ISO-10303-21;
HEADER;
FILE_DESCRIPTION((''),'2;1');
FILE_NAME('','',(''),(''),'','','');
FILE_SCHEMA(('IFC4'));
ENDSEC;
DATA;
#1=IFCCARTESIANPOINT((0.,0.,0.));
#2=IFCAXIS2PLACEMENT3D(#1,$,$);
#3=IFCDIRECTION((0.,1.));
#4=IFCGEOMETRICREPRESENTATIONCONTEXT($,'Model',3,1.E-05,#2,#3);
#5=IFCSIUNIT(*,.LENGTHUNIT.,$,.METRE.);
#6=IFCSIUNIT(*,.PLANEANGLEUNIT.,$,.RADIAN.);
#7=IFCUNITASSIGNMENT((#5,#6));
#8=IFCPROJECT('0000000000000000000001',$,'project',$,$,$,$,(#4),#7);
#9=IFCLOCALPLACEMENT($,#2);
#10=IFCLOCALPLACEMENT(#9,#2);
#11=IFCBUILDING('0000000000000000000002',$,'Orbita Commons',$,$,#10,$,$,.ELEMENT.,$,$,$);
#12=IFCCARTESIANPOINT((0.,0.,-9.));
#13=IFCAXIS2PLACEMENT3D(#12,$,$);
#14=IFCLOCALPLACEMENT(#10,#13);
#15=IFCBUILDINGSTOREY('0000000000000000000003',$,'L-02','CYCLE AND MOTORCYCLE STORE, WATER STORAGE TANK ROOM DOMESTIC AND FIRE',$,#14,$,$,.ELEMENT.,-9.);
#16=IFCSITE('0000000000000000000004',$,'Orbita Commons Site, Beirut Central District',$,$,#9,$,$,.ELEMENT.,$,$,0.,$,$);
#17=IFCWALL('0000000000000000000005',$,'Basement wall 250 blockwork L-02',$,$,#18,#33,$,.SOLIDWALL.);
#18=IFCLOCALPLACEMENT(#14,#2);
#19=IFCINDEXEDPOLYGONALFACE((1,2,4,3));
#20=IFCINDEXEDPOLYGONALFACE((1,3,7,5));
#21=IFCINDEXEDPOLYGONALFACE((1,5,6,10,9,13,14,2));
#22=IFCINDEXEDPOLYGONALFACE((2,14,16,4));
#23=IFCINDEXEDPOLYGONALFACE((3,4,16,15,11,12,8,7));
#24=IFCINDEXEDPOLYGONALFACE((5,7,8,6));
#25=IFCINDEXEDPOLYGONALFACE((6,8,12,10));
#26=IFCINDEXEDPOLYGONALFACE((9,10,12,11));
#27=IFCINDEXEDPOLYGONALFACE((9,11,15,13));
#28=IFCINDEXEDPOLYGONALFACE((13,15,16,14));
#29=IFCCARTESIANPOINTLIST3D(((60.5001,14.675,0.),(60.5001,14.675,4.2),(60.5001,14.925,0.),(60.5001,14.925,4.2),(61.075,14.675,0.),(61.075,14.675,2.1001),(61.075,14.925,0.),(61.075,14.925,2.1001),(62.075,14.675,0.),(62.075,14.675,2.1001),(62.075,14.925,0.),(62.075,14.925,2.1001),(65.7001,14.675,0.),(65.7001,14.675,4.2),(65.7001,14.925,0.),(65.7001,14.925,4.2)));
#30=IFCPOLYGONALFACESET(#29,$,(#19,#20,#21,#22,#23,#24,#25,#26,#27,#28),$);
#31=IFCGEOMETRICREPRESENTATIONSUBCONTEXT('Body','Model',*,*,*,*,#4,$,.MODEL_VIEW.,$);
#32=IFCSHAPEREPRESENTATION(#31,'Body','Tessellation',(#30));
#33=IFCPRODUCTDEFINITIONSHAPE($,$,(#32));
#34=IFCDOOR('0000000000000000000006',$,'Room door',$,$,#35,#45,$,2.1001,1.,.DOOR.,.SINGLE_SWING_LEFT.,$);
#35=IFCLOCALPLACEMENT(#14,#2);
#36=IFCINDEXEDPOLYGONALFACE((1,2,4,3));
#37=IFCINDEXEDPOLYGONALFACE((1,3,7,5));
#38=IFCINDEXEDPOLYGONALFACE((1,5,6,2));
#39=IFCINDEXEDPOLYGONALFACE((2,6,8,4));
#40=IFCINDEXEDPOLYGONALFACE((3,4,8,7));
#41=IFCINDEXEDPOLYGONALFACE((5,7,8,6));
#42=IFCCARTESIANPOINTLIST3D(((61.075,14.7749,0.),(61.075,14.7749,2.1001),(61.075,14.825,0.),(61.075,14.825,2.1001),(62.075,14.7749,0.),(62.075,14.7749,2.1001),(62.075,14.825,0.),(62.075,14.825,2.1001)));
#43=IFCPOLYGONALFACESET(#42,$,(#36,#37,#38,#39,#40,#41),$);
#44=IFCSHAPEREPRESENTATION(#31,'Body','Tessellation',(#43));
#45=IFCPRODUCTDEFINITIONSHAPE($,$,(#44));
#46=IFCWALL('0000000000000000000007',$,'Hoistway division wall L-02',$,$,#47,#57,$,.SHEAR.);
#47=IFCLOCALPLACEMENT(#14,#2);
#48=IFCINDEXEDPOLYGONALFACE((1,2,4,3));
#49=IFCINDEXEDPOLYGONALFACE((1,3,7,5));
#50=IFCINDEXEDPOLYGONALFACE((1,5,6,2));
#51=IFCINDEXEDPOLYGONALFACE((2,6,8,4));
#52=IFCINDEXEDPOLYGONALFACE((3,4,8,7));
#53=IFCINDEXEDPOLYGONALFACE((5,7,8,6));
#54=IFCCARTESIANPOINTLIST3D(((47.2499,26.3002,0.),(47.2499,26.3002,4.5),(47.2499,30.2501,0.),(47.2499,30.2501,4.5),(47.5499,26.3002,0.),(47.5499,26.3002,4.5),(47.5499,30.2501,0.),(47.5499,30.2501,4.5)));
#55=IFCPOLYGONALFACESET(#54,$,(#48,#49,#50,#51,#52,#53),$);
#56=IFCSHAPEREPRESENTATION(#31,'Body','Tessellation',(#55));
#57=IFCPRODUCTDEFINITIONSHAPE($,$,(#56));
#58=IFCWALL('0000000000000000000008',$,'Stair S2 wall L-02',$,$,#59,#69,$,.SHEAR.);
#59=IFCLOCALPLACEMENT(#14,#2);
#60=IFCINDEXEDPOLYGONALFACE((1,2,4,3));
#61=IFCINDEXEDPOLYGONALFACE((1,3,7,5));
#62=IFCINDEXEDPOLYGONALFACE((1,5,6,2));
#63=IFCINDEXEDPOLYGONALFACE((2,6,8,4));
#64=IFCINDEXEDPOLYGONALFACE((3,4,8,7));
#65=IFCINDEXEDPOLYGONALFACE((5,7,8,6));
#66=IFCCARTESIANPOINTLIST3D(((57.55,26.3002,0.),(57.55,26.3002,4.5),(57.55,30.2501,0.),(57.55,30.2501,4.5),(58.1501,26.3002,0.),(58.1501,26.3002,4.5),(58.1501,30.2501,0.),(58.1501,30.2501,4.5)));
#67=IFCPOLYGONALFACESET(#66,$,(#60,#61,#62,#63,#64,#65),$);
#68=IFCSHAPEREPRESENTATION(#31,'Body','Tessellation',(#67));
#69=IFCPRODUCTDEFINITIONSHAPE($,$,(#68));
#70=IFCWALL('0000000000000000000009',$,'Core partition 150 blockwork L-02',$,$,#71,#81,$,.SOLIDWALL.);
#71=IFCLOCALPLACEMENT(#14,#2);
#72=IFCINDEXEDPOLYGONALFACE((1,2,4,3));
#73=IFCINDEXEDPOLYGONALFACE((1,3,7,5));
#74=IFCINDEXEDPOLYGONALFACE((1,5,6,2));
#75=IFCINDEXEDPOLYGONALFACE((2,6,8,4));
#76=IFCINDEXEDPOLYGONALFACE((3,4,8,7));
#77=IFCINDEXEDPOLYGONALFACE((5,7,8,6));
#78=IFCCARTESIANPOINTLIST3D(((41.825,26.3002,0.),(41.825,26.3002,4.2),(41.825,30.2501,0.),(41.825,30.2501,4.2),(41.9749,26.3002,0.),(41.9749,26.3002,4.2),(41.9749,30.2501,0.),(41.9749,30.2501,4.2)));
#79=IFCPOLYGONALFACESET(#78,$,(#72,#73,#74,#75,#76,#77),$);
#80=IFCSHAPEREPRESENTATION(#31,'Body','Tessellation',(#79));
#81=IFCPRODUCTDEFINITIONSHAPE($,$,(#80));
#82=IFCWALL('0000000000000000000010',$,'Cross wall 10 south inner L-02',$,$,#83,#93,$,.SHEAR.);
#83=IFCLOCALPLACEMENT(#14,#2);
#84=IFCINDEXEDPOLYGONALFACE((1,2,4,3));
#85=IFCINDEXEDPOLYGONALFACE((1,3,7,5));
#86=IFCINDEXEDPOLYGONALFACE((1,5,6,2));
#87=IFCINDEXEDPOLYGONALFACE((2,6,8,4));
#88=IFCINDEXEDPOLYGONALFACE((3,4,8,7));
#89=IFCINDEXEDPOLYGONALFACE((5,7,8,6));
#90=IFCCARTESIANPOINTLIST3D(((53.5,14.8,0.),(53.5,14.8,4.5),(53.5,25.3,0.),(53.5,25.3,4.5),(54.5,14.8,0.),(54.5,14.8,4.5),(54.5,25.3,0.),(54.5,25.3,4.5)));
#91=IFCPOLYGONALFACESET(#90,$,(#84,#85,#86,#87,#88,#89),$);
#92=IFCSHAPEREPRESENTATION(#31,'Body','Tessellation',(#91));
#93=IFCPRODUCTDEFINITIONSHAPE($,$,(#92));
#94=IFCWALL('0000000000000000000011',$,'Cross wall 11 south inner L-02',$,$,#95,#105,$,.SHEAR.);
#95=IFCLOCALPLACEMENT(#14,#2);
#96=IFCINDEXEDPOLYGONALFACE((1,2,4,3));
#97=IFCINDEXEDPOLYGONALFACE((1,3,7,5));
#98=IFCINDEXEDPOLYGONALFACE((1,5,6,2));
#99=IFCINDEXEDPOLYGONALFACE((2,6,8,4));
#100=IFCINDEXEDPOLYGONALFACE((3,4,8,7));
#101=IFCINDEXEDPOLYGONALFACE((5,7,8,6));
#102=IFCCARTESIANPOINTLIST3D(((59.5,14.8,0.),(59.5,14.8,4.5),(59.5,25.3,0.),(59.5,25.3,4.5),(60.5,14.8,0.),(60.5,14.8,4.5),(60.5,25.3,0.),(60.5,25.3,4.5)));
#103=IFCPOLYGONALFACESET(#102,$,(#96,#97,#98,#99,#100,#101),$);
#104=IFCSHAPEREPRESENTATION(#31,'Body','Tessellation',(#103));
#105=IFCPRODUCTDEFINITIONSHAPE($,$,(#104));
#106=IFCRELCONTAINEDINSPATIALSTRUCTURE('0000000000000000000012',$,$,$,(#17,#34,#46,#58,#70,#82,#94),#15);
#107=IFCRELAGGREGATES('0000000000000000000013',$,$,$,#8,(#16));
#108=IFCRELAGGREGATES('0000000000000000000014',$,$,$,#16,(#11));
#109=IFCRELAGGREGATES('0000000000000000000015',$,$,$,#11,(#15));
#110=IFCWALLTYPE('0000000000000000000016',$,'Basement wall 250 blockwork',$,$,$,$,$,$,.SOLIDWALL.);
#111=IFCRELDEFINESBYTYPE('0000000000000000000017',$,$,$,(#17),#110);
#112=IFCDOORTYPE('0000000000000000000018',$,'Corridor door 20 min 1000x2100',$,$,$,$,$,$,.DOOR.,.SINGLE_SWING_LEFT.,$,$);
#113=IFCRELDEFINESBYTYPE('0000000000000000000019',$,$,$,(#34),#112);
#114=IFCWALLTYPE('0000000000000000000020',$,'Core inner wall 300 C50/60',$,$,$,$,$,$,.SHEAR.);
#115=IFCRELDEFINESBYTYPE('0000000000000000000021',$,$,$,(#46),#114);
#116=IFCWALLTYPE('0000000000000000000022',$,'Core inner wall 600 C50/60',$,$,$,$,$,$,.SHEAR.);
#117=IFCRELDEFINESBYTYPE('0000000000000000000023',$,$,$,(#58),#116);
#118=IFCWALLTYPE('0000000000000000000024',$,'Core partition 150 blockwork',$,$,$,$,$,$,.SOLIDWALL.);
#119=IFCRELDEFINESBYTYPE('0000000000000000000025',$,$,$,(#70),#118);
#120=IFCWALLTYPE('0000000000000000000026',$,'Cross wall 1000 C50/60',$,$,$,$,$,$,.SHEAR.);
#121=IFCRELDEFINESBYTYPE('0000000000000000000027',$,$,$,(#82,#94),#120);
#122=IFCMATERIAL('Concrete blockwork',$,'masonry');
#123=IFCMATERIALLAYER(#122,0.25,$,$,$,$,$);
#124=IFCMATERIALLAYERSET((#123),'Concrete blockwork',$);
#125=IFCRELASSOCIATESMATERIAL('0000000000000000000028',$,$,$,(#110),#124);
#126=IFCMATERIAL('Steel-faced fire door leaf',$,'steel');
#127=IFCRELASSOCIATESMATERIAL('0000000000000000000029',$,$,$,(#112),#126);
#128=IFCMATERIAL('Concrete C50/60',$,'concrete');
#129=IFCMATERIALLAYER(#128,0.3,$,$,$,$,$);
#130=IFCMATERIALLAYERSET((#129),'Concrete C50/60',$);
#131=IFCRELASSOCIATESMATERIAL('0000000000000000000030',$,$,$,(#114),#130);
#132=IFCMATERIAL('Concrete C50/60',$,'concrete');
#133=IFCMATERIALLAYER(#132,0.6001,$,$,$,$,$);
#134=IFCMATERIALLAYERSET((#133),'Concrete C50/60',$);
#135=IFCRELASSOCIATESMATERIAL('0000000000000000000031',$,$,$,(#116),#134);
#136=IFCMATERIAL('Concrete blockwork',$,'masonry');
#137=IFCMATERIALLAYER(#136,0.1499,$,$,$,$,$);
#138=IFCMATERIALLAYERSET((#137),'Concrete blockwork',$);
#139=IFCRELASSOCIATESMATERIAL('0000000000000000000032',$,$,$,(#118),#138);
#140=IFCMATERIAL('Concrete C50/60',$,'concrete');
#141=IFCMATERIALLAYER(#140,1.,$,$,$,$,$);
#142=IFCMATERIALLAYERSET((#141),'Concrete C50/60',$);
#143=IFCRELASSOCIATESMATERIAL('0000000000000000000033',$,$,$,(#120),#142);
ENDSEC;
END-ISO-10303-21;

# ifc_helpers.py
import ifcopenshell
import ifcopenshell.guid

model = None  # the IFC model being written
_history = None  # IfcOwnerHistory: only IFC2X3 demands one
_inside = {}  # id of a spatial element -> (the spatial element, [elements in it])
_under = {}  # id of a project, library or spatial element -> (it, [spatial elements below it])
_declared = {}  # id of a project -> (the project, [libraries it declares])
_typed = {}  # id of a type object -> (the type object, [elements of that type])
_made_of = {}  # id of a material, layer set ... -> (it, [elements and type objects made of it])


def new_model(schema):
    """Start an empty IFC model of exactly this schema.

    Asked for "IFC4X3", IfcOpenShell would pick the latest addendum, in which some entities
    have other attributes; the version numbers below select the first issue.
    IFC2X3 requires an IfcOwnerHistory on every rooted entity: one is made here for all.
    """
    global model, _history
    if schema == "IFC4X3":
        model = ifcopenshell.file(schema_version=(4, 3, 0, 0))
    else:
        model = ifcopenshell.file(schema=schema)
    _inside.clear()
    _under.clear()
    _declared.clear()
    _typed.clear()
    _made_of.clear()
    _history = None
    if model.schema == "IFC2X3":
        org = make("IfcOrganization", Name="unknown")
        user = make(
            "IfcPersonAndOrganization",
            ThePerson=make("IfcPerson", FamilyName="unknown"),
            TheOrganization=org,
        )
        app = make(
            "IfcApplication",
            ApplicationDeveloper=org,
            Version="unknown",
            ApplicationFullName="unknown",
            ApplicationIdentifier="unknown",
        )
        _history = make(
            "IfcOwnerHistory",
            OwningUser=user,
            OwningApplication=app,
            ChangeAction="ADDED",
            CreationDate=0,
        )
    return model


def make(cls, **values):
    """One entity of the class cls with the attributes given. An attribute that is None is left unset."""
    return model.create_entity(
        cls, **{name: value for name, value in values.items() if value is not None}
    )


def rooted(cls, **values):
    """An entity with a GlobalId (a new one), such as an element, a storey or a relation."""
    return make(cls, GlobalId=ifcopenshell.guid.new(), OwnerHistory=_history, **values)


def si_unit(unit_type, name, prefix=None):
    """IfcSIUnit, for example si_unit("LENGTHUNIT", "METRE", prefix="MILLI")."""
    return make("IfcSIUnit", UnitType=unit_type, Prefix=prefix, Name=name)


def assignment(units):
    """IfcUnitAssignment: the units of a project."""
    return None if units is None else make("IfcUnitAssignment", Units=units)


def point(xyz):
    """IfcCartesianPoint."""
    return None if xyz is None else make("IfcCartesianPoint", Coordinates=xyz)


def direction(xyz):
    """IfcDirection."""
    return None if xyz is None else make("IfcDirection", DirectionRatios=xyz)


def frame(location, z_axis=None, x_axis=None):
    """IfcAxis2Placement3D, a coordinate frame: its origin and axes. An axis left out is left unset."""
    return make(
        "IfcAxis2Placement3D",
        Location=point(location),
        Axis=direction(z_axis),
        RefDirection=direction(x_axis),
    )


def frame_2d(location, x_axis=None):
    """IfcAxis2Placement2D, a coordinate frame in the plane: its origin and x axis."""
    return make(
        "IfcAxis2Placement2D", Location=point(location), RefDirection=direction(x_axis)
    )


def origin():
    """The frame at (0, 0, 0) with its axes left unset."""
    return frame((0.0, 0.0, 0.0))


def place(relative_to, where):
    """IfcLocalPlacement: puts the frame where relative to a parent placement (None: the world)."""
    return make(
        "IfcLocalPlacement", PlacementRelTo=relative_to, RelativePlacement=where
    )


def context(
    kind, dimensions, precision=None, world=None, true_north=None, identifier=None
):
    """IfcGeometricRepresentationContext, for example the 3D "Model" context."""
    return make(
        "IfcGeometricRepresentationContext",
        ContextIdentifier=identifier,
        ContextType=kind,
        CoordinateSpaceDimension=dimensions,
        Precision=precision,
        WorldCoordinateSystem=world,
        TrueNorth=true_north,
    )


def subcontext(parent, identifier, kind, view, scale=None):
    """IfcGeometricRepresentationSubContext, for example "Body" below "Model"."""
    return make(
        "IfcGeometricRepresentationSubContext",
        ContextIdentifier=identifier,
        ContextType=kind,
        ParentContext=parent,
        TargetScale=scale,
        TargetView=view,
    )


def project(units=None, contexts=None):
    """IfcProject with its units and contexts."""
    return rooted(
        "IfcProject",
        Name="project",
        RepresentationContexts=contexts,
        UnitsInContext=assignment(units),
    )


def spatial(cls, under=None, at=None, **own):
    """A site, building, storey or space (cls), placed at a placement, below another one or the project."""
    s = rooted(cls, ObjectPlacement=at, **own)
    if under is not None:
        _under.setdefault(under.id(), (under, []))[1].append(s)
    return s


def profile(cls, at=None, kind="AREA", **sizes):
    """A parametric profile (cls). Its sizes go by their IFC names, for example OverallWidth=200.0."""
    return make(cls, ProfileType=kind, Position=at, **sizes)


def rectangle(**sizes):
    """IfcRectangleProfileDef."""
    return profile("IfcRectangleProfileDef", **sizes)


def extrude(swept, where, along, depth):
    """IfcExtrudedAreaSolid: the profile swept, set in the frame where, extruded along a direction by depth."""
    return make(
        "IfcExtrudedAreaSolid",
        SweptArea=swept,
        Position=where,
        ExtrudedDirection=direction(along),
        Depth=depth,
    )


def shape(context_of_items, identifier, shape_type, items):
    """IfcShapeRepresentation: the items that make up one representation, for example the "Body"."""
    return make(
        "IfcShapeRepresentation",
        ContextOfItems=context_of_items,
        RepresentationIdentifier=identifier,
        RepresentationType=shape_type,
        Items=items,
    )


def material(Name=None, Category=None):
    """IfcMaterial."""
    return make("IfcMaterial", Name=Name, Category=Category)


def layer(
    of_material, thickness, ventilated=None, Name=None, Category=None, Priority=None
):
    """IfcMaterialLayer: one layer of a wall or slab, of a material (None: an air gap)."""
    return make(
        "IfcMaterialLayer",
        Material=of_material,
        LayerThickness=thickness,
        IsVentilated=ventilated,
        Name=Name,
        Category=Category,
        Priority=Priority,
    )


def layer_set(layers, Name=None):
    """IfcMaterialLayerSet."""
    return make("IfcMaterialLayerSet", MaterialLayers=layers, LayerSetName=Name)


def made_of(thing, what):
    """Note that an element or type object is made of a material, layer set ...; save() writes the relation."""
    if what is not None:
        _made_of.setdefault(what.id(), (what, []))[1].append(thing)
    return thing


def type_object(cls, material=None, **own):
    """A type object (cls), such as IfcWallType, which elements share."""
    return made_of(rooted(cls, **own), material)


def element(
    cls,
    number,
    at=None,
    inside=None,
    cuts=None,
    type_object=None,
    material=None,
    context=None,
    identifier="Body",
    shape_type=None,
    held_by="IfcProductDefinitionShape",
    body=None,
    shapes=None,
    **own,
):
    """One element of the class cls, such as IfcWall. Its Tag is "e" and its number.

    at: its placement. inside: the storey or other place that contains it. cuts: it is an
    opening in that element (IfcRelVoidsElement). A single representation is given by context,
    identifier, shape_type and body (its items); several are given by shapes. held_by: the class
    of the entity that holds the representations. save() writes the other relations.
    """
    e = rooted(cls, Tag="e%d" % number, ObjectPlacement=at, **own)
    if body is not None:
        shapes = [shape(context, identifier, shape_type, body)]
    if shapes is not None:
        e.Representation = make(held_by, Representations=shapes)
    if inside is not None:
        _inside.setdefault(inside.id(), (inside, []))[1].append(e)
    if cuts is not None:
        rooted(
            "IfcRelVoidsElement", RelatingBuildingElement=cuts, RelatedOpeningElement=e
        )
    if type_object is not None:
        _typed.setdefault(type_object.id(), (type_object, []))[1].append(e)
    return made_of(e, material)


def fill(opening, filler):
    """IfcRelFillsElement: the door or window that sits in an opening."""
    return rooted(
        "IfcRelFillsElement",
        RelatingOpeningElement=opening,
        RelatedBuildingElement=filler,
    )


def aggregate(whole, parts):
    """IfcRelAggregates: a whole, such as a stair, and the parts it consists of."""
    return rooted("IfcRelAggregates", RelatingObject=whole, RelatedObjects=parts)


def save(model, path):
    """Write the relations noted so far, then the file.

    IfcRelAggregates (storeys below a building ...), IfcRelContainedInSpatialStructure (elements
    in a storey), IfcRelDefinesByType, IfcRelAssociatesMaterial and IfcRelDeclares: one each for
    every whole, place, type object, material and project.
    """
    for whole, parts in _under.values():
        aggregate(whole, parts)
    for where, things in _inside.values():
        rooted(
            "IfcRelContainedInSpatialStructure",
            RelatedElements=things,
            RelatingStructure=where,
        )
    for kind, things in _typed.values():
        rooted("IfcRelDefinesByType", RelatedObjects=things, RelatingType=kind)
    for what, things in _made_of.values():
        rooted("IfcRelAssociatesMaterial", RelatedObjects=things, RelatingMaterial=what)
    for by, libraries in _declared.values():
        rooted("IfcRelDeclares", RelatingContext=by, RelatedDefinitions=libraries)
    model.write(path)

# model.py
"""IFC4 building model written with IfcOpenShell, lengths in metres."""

from ifc_helpers import new_model, si_unit, direction, frame, frame_2d, origin, place, context, subcontext, project, spatial, rectangle, extrude, material, layer, layer_set, type_object, element, fill, save


model = new_model("IFC4")

# Units and contexts
model_context = context("Model", 3, precision=1e-05, world=origin(), true_north=direction((0.0, 1.0)))
body_context = subcontext(model_context, "Body", "Model", "MODEL_VIEW")
ifc_project = project(units=[si_unit("LENGTHUNIT", "METRE"), si_unit("PLANEANGLEUNIT", "RADIAN")], contexts=[model_context])

# Site, building, storey
site_placement = place(None, origin())
site = spatial("IfcSite", under=ifc_project, at=site_placement, Name="Orbita Commons Site, Beirut Central District", CompositionType="ELEMENT", RefElevation=0.0)
building_placement = place(site_placement, origin())
building = spatial("IfcBuilding", under=site, at=building_placement, Name="Orbita Commons", CompositionType="ELEMENT")
storey_placement = place(building_placement, frame((0.0, 0.0, -9.0)))
storey = spatial("IfcBuildingStorey", under=building, at=storey_placement, Name="L-02", Description="CYCLE AND MOTORCYCLE STORE, WATER STORAGE TANK ROOM DOMESTIC AND FIRE", CompositionType="ELEMENT", Elevation=-9.0)

# Wall, opening, door
ifc_material_1 = material(Name="Concrete blockwork", Category="masonry")
ifc_layer_1 = layer(ifc_material_1, 0.25)
ifc_layer_set_1 = layer_set([ifc_layer_1], Name="Concrete blockwork")
wall_type_1 = type_object("IfcWallType", Name="Basement wall 250 blockwork", PredefinedType="SOLIDWALL", material=ifc_layer_set_1)
ifc_material_2 = material(Name="Steel-faced fire door leaf", Category="steel")
door_type = type_object("IfcDoorType", Name="Corridor door 20 min 1000x2100", OperationType="SINGLE_SWING_LEFT", PredefinedType="DOOR", material=ifc_material_2)
wall_1_placement = place(storey_placement, frame((60.5, 14.8, 0.0), z_axis=(0.0, 0.0, 1.0), x_axis=(1.0, 0.0, 0.0)))
wall_1 = element("IfcWall", 1, at=wall_1_placement, inside=storey, type_object=wall_type_1, Name="Basement wall 250 blockwork L-02", PredefinedType="SOLIDWALL", context=body_context, shape_type="SweptSolid", body=[
    extrude(rectangle(XDim=5.2, YDim=0.25, at=frame_2d((2.6001, 0.0))), origin(), (0.0, 0.0, 1.0), 4.2),
])
opening_1_placement = place(wall_1_placement, frame((0.575, 0.0, 0.0)))
opening_1 = element("IfcOpeningElement", 2, at=opening_1_placement, cuts=wall_1, PredefinedType="OPENING", context=body_context, shape_type="SweptSolid", body=[
    extrude(rectangle(XDim=1.0, YDim=2.1001, at=frame_2d((0.5, 1.05))), frame((0.0, 0.135, 0.0), z_axis=(0.0, -1.0, 0.0), x_axis=(1.0, 0.0, 0.0)), (0.0, 0.0, 1.0), 0.27),
])
door_1_placement = place(opening_1_placement, origin())
door_1 = element("IfcDoor", 3, at=door_1_placement, inside=storey, type_object=door_type, Name="Room door", OperationType="SINGLE_SWING_LEFT", OverallHeight=2.1001, OverallWidth=1.0, PredefinedType="DOOR", context=body_context, shape_type="SweptSolid", body=[
    extrude(rectangle(XDim=1.0, YDim=2.1001, at=frame_2d((0.5, 1.05))), frame((0.0, 0.0249, 0.0), z_axis=(0.0, -1.0, 0.0), x_axis=(1.0, 0.0, 0.0)), (0.0, 0.0, 1.0), 0.05),
])
fill(opening_1, door_1)

# Walls
ifc_material_3 = material(Name="Concrete C50/60", Category="concrete")
ifc_layer_2 = layer(ifc_material_3, 0.3)
ifc_layer_set_2 = layer_set([ifc_layer_2], Name="Concrete C50/60")
wall_type_2 = type_object("IfcWallType", Name="Core inner wall 300 C50/60", PredefinedType="SHEAR", material=ifc_layer_set_2)
wall_2_placement = place(storey_placement, frame((47.3999, 26.3, 0.0), z_axis=(0.0, 0.0, 1.0), x_axis=(0.0, 1.0, 0.0)))
element("IfcWall", 4, at=wall_2_placement, inside=storey, type_object=wall_type_2, Name="Hoistway division wall L-02", PredefinedType="SHEAR", context=body_context, shape_type="SweptSolid", body=[
    extrude(rectangle(XDim=3.95, YDim=0.3, at=frame_2d((1.9751, 0.0))), origin(), (0.0, 0.0, 1.0), 4.5),
])
ifc_material_4 = material(Name="Concrete C50/60", Category="concrete")
ifc_layer_3 = layer(ifc_material_4, 0.6001)
ifc_layer_set_3 = layer_set([ifc_layer_3], Name="Concrete C50/60")
wall_type_3 = type_object("IfcWallType", Name="Core inner wall 600 C50/60", PredefinedType="SHEAR", material=ifc_layer_set_3)
wall_3_placement = place(storey_placement, frame((57.8501, 26.3, 0.0), z_axis=(0.0, 0.0, 1.0), x_axis=(0.0, 1.0, 0.0)))
element("IfcWall", 5, at=wall_3_placement, inside=storey, type_object=wall_type_3, Name="Stair S2 wall L-02", PredefinedType="SHEAR", context=body_context, shape_type="SweptSolid", body=[
    extrude(rectangle(XDim=3.95, YDim=0.6001, at=frame_2d((1.9751, 0.0))), origin(), (0.0, 0.0, 1.0), 4.5),
])
ifc_material_5 = material(Name="Concrete blockwork", Category="masonry")
ifc_layer_4 = layer(ifc_material_5, 0.1499)
ifc_layer_set_4 = layer_set([ifc_layer_4], Name="Concrete blockwork")
wall_type_4 = type_object("IfcWallType", Name="Core partition 150 blockwork", PredefinedType="SOLIDWALL", material=ifc_layer_set_4)
wall_4_placement = place(storey_placement, frame((41.8999, 26.3, 0.0), z_axis=(0.0, 0.0, 1.0), x_axis=(0.0, 1.0, 0.0)))
element("IfcWall", 6, at=wall_4_placement, inside=storey, type_object=wall_type_4, Name="Core partition 150 blockwork L-02", PredefinedType="SOLIDWALL", context=body_context, shape_type="SweptSolid", body=[
    extrude(rectangle(XDim=3.95, YDim=0.1499, at=frame_2d((1.9751, 0.0))), origin(), (0.0, 0.0, 1.0), 4.2),
])
ifc_material_6 = material(Name="Concrete C50/60", Category="concrete")
ifc_layer_5 = layer(ifc_material_6, 1.0)
ifc_layer_set_5 = layer_set([ifc_layer_5], Name="Concrete C50/60")
wall_type_5 = type_object("IfcWallType", Name="Cross wall 1000 C50/60", PredefinedType="SHEAR", material=ifc_layer_set_5)
for number, where, z_axis, x_axis, name in (
    (7, (54.0, 14.8, 0.0), (0.0, 0.0, 1.0), (0.0, 1.0, 0.0), "Cross wall 10 south inner L-02"),
    (8, (60.0, 14.8, 0.0), (0.0, 0.0, 1.0), (0.0, 1.0, 0.0), "Cross wall 11 south inner L-02"),
):
    element("IfcWall", number, at=place(storey_placement, frame(where, z_axis=z_axis, x_axis=x_axis)), inside=storey, type_object=wall_type_5, Name=name, PredefinedType="SHEAR", context=body_context, shape_type="SweptSolid", body=[
        extrude(rectangle(XDim=10.5, YDim=1.0, at=frame_2d((5.25, 0.0))), origin(), (0.0, 0.0, 1.0), 4.5),
    ])

save(model, "model.ifc")
